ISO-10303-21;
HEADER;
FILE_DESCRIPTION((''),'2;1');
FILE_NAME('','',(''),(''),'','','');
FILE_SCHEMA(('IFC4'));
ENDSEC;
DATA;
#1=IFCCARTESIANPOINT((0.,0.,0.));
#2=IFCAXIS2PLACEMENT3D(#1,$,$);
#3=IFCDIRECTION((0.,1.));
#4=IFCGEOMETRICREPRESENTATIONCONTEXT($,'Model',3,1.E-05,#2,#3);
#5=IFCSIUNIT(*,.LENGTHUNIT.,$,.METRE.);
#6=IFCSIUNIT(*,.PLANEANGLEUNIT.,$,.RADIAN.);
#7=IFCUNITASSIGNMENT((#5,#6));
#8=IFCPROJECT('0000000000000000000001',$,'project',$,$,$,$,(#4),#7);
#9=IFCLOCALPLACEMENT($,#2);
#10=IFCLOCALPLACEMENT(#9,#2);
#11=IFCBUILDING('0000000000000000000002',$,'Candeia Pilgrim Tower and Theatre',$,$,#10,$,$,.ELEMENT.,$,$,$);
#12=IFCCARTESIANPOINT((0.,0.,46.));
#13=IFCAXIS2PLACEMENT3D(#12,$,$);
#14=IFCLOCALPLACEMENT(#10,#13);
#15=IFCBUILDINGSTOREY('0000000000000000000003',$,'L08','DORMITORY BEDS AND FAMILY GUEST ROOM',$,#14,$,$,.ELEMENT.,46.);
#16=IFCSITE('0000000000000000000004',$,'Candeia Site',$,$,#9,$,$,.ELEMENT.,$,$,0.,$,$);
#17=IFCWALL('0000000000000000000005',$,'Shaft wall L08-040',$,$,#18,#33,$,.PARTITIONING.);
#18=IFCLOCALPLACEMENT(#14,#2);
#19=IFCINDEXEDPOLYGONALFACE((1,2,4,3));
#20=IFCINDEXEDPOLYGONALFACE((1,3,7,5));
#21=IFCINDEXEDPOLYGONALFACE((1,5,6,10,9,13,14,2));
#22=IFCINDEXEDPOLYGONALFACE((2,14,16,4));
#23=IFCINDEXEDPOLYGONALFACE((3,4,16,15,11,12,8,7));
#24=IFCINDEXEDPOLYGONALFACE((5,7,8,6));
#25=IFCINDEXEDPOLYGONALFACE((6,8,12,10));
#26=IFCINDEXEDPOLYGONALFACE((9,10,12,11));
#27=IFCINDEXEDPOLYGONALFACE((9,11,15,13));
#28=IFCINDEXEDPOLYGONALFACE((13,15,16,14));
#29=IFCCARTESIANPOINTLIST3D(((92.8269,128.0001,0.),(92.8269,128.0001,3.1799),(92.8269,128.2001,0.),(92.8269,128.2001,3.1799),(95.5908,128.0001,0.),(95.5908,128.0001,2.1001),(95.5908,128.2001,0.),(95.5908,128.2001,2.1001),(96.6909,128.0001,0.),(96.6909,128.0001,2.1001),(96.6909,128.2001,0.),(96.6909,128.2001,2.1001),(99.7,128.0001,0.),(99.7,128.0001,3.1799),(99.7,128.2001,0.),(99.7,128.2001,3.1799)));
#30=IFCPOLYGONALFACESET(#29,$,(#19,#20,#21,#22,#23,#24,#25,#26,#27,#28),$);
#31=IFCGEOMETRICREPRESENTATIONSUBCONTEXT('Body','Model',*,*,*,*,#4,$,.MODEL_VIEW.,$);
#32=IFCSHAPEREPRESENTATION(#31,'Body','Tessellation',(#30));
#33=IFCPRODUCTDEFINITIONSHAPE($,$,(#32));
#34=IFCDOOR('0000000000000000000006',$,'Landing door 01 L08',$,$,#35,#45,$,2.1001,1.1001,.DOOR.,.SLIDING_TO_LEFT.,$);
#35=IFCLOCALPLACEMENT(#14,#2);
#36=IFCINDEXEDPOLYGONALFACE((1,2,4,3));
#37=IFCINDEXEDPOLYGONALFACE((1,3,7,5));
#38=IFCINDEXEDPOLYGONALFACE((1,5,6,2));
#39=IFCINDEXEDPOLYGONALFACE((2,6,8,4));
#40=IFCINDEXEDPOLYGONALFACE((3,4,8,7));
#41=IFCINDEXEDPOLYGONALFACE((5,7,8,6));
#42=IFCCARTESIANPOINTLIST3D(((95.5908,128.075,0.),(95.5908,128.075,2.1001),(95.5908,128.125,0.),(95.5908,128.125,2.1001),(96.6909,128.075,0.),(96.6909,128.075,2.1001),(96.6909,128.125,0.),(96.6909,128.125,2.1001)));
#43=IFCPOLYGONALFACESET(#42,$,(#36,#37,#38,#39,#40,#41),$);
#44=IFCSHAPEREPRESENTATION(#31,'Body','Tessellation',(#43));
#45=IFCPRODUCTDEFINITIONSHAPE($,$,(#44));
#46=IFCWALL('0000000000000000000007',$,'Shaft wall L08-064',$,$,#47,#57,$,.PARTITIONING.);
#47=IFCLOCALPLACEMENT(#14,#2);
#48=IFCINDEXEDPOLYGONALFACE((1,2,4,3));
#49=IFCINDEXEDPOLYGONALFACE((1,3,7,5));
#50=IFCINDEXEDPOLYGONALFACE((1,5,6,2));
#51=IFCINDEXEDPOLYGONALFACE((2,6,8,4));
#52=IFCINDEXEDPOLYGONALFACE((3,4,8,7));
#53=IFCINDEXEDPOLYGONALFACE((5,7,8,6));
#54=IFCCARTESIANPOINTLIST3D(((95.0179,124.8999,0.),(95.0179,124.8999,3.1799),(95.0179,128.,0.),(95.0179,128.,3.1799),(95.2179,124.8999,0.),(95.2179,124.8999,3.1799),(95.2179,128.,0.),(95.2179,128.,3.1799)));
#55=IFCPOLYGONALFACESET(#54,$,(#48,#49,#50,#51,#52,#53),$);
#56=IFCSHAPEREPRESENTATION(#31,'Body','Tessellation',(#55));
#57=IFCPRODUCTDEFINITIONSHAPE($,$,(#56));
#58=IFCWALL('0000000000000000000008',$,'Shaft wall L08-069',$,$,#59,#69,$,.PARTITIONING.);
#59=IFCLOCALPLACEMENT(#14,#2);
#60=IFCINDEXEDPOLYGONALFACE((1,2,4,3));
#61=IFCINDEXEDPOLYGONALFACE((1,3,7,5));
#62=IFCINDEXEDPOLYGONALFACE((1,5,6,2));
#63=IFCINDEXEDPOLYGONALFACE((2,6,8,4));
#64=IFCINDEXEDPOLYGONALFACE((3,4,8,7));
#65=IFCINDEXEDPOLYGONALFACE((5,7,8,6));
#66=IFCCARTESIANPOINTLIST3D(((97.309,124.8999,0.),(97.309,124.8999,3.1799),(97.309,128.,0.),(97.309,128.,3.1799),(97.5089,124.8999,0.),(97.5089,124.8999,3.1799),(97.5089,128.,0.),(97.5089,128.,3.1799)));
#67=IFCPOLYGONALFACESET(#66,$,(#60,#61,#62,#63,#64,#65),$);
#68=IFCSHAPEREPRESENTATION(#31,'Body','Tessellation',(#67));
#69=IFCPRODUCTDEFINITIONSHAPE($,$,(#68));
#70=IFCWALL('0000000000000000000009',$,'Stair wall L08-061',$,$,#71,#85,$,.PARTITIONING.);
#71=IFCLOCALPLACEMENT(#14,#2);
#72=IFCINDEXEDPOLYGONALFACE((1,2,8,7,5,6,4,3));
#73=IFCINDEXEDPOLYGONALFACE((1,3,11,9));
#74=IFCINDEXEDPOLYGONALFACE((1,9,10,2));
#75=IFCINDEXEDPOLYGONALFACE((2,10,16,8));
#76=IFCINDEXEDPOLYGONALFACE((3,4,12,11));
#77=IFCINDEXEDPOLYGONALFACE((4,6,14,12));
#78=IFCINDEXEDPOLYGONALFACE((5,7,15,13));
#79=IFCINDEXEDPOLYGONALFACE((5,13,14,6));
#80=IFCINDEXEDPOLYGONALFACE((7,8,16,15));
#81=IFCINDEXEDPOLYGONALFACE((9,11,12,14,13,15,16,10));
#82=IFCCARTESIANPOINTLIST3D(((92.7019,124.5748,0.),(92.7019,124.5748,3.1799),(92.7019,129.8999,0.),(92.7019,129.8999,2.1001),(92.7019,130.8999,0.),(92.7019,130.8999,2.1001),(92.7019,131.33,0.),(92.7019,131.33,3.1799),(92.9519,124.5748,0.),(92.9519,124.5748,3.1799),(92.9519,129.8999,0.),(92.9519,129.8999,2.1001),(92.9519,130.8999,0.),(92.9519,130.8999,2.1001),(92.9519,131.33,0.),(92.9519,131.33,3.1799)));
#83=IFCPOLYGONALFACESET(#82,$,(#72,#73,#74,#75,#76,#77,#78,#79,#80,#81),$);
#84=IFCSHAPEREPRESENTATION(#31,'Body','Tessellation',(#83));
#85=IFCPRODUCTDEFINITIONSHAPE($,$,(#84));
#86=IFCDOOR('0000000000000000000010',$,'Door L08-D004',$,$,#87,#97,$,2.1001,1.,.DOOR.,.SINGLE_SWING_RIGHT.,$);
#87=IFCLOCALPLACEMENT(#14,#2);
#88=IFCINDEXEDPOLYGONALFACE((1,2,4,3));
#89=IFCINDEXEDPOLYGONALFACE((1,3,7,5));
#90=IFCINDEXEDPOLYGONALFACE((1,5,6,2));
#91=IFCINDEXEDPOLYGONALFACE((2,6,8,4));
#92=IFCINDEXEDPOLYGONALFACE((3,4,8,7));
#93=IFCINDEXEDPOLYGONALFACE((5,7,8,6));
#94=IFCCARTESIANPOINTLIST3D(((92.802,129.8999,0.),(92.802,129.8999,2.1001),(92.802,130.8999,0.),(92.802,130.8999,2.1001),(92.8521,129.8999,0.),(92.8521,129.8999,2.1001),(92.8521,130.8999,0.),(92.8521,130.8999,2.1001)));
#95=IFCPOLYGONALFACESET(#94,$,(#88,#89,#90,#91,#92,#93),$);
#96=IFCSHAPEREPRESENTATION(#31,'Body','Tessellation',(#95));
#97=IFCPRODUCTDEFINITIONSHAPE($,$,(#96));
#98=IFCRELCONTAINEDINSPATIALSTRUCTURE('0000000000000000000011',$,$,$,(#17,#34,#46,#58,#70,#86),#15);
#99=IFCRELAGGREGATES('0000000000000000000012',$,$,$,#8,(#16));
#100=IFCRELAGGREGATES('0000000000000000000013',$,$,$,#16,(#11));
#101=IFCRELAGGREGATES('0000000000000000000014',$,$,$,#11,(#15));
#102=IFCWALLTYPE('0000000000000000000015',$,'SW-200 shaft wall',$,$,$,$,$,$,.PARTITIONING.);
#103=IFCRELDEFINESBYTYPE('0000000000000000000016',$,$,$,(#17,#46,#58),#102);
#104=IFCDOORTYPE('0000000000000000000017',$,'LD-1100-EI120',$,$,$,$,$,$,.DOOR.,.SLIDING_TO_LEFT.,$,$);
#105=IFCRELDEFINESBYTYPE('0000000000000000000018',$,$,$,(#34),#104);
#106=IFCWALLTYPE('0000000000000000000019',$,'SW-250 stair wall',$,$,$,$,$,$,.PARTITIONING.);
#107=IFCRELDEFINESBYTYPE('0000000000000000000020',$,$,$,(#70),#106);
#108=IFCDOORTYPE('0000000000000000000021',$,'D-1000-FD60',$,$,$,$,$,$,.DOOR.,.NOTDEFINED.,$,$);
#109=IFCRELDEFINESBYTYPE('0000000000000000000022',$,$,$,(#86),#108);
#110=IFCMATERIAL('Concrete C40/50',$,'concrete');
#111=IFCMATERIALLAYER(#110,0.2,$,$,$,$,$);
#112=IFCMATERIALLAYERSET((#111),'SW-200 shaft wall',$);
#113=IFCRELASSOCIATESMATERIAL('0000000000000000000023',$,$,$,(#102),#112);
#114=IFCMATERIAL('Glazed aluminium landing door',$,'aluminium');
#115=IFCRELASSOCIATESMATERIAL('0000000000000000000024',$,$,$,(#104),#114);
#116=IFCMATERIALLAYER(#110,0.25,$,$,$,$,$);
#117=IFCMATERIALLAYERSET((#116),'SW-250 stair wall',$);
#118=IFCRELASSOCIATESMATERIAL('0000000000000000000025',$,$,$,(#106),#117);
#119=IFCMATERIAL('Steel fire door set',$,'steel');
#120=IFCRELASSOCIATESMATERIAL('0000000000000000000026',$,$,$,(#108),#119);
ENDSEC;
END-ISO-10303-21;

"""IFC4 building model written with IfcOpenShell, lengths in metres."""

from ifc_helpers import new_model, si_unit, direction, frame, frame_2d, origin, place, context, subcontext, project, spatial, rectangle, extrude, material, layer, layer_set, type_object, element, fill, save


model = new_model("IFC4")

# Units and contexts
model_context = context("Model", 3, precision=1e-05, world=origin(), true_north=direction((0.0, 1.0)))
body_context = subcontext(model_context, "Body", "Model", "MODEL_VIEW")
ifc_project = project(units=[si_unit("LENGTHUNIT", "METRE"), si_unit("PLANEANGLEUNIT", "RADIAN")], contexts=[model_context])

# Site, building, storey
site_placement = place(None, origin())
site = spatial("IfcSite", under=ifc_project, at=site_placement, Name="Candeia Site", CompositionType="ELEMENT", RefElevation=0.0)
building_placement = place(site_placement, origin())
building = spatial("IfcBuilding", under=site, at=building_placement, Name="Candeia Pilgrim Tower and Theatre", CompositionType="ELEMENT")
storey_placement = place(building_placement, frame((0.0, 0.0, 46.0)))
storey = spatial("IfcBuildingStorey", under=building, at=storey_placement, Name="L08", Description="DORMITORY BEDS AND FAMILY GUEST ROOM", CompositionType="ELEMENT", Elevation=46.0)

# Shared definitions
ifc_material_1 = material(Name="Steel fire door set", Category="steel")

# Wall, opening, door
ifc_material_2 = material(Name="Concrete C40/50", Category="concrete")
ifc_layer_1 = layer(ifc_material_2, 0.2)
ifc_layer_set_1 = layer_set([ifc_layer_1], Name="SW-200 shaft wall")
wall_type_1 = type_object("IfcWallType", Name="SW-200 shaft wall", PredefinedType="PARTITIONING", material=ifc_layer_set_1)
ifc_material_3 = material(Name="Glazed aluminium landing door", Category="aluminium")
door_type_1 = type_object("IfcDoorType", Name="LD-1100-EI120", OperationType="SLIDING_TO_LEFT", PredefinedType="DOOR", material=ifc_material_3)
wall_1_placement = place(storey_placement, frame((92.8269, 128.1001, 0.0), z_axis=(0.0, 0.0, 1.0), x_axis=(1.0, 0.0, 0.0)))
wall_1 = element("IfcWall", 1, at=wall_1_placement, inside=storey, type_object=wall_type_1, Name="Shaft wall L08-040", PredefinedType="PARTITIONING", context=body_context, shape_type="SweptSolid", body=[
    extrude(rectangle(XDim=6.873, YDim=0.2, at=frame_2d((3.4365, 0.0))), origin(), (0.0, 0.0, 1.0), 3.1799),
])
opening_1_placement = place(wall_1_placement, frame((2.7639, 0.0, 0.0)))
opening_1 = element("IfcOpeningElement", 2, at=opening_1_placement, cuts=wall_1, PredefinedType="OPENING", context=body_context, shape_type="SweptSolid", body=[
    extrude(rectangle(XDim=1.1001, YDim=2.1001, at=frame_2d((0.55, 1.05))), frame((0.0, 0.1099, 0.0), z_axis=(0.0, -1.0, 0.0), x_axis=(1.0, 0.0, 0.0)), (0.0, 0.0, 1.0), 0.22),
])
door_1_placement = place(opening_1_placement, origin())
door_1 = element("IfcDoor", 3, at=door_1_placement, inside=storey, type_object=door_type_1, Name="Landing door 01 L08", OperationType="SLIDING_TO_LEFT", OverallHeight=2.1001, OverallWidth=1.1001, PredefinedType="DOOR", context=body_context, shape_type="SweptSolid", body=[
    extrude(rectangle(XDim=1.1001, YDim=2.1001, at=frame_2d((0.55, 1.05))), frame((0.0, 0.0249, 0.0), z_axis=(0.0, -1.0, 0.0), x_axis=(1.0, 0.0, 0.0)), (0.0, 0.0, 1.0), 0.05),
])
fill(opening_1, door_1)

# Walls
for number, where, z_axis, x_axis, name in (
    (4, (95.1179, 124.8999, 0.0), (0.0, 0.0, 1.0), (0.0, 1.0, 0.0), "Shaft wall L08-064"),
    (5, (97.4089, 124.8999, 0.0), (0.0, 0.0, 1.0), (0.0, 1.0, 0.0), "Shaft wall L08-069"),
):
    element("IfcWall", number, at=place(storey_placement, frame(where, z_axis=z_axis, x_axis=x_axis)), inside=storey, type_object=wall_type_1, Name=name, PredefinedType="PARTITIONING", context=body_context, shape_type="SweptSolid", body=[
        extrude(rectangle(XDim=3.1001, YDim=0.2, at=frame_2d((1.55, 0.0))), origin(), (0.0, 0.0, 1.0), 3.1799),
    ])

# Wall, opening, door
ifc_layer_2 = layer(ifc_material_2, 0.25)
ifc_layer_set_2 = layer_set([ifc_layer_2], Name="SW-250 stair wall")
wall_type_2 = type_object("IfcWallType", Name="SW-250 stair wall", PredefinedType="PARTITIONING", material=ifc_layer_set_2)
wall_2_placement = place(storey_placement, frame((92.8269, 124.575, 0.0), z_axis=(0.0, 0.0, 1.0), x_axis=(0.0, 1.0, 0.0)))
wall_2 = element("IfcWall", 6, at=wall_2_placement, inside=storey, type_object=wall_type_2, Name="Stair wall L08-061", PredefinedType="PARTITIONING", context=body_context, shape_type="SweptSolid", body=[
    extrude(rectangle(XDim=6.7551, YDim=0.25, at=frame_2d((3.3774, 0.0))), origin(), (0.0, 0.0, 1.0), 3.1799),
])
opening_2_placement = place(wall_2_placement, frame((5.325, 0.0, 0.0)))
opening_2 = element("IfcOpeningElement", 7, at=opening_2_placement, cuts=wall_2, PredefinedType="OPENING", context=body_context, shape_type="SweptSolid", body=[
    extrude(rectangle(XDim=1.0, YDim=2.1001, at=frame_2d((0.5, 1.05))), frame((0.0, 0.135, 0.0), z_axis=(0.0, -1.0, 0.0), x_axis=(1.0, 0.0, 0.0)), (0.0, 0.0, 1.0), 0.27),
])
door_type_2 = type_object("IfcDoorType", Name="D-1000-FD60", OperationType="NOTDEFINED", PredefinedType="DOOR", material=ifc_material_1)
door_2_placement = place(opening_2_placement, origin())
door_2 = element("IfcDoor", 8, at=door_2_placement, inside=storey, type_object=door_type_2, Name="Door L08-D004", OperationType="SINGLE_SWING_RIGHT", OverallHeight=2.1001, OverallWidth=1.0, PredefinedType="DOOR", context=body_context, shape_type="SweptSolid", body=[
    extrude(rectangle(XDim=1.0, YDim=2.1001, at=frame_2d((0.5, 1.05))), frame((0.0, 0.0249, 0.0), z_axis=(0.0, -1.0, 0.0), x_axis=(1.0, 0.0, 0.0)), (0.0, 0.0, 1.0), 0.05),
])
fill(opening_2, door_2)

save(model, "model.ifc")
